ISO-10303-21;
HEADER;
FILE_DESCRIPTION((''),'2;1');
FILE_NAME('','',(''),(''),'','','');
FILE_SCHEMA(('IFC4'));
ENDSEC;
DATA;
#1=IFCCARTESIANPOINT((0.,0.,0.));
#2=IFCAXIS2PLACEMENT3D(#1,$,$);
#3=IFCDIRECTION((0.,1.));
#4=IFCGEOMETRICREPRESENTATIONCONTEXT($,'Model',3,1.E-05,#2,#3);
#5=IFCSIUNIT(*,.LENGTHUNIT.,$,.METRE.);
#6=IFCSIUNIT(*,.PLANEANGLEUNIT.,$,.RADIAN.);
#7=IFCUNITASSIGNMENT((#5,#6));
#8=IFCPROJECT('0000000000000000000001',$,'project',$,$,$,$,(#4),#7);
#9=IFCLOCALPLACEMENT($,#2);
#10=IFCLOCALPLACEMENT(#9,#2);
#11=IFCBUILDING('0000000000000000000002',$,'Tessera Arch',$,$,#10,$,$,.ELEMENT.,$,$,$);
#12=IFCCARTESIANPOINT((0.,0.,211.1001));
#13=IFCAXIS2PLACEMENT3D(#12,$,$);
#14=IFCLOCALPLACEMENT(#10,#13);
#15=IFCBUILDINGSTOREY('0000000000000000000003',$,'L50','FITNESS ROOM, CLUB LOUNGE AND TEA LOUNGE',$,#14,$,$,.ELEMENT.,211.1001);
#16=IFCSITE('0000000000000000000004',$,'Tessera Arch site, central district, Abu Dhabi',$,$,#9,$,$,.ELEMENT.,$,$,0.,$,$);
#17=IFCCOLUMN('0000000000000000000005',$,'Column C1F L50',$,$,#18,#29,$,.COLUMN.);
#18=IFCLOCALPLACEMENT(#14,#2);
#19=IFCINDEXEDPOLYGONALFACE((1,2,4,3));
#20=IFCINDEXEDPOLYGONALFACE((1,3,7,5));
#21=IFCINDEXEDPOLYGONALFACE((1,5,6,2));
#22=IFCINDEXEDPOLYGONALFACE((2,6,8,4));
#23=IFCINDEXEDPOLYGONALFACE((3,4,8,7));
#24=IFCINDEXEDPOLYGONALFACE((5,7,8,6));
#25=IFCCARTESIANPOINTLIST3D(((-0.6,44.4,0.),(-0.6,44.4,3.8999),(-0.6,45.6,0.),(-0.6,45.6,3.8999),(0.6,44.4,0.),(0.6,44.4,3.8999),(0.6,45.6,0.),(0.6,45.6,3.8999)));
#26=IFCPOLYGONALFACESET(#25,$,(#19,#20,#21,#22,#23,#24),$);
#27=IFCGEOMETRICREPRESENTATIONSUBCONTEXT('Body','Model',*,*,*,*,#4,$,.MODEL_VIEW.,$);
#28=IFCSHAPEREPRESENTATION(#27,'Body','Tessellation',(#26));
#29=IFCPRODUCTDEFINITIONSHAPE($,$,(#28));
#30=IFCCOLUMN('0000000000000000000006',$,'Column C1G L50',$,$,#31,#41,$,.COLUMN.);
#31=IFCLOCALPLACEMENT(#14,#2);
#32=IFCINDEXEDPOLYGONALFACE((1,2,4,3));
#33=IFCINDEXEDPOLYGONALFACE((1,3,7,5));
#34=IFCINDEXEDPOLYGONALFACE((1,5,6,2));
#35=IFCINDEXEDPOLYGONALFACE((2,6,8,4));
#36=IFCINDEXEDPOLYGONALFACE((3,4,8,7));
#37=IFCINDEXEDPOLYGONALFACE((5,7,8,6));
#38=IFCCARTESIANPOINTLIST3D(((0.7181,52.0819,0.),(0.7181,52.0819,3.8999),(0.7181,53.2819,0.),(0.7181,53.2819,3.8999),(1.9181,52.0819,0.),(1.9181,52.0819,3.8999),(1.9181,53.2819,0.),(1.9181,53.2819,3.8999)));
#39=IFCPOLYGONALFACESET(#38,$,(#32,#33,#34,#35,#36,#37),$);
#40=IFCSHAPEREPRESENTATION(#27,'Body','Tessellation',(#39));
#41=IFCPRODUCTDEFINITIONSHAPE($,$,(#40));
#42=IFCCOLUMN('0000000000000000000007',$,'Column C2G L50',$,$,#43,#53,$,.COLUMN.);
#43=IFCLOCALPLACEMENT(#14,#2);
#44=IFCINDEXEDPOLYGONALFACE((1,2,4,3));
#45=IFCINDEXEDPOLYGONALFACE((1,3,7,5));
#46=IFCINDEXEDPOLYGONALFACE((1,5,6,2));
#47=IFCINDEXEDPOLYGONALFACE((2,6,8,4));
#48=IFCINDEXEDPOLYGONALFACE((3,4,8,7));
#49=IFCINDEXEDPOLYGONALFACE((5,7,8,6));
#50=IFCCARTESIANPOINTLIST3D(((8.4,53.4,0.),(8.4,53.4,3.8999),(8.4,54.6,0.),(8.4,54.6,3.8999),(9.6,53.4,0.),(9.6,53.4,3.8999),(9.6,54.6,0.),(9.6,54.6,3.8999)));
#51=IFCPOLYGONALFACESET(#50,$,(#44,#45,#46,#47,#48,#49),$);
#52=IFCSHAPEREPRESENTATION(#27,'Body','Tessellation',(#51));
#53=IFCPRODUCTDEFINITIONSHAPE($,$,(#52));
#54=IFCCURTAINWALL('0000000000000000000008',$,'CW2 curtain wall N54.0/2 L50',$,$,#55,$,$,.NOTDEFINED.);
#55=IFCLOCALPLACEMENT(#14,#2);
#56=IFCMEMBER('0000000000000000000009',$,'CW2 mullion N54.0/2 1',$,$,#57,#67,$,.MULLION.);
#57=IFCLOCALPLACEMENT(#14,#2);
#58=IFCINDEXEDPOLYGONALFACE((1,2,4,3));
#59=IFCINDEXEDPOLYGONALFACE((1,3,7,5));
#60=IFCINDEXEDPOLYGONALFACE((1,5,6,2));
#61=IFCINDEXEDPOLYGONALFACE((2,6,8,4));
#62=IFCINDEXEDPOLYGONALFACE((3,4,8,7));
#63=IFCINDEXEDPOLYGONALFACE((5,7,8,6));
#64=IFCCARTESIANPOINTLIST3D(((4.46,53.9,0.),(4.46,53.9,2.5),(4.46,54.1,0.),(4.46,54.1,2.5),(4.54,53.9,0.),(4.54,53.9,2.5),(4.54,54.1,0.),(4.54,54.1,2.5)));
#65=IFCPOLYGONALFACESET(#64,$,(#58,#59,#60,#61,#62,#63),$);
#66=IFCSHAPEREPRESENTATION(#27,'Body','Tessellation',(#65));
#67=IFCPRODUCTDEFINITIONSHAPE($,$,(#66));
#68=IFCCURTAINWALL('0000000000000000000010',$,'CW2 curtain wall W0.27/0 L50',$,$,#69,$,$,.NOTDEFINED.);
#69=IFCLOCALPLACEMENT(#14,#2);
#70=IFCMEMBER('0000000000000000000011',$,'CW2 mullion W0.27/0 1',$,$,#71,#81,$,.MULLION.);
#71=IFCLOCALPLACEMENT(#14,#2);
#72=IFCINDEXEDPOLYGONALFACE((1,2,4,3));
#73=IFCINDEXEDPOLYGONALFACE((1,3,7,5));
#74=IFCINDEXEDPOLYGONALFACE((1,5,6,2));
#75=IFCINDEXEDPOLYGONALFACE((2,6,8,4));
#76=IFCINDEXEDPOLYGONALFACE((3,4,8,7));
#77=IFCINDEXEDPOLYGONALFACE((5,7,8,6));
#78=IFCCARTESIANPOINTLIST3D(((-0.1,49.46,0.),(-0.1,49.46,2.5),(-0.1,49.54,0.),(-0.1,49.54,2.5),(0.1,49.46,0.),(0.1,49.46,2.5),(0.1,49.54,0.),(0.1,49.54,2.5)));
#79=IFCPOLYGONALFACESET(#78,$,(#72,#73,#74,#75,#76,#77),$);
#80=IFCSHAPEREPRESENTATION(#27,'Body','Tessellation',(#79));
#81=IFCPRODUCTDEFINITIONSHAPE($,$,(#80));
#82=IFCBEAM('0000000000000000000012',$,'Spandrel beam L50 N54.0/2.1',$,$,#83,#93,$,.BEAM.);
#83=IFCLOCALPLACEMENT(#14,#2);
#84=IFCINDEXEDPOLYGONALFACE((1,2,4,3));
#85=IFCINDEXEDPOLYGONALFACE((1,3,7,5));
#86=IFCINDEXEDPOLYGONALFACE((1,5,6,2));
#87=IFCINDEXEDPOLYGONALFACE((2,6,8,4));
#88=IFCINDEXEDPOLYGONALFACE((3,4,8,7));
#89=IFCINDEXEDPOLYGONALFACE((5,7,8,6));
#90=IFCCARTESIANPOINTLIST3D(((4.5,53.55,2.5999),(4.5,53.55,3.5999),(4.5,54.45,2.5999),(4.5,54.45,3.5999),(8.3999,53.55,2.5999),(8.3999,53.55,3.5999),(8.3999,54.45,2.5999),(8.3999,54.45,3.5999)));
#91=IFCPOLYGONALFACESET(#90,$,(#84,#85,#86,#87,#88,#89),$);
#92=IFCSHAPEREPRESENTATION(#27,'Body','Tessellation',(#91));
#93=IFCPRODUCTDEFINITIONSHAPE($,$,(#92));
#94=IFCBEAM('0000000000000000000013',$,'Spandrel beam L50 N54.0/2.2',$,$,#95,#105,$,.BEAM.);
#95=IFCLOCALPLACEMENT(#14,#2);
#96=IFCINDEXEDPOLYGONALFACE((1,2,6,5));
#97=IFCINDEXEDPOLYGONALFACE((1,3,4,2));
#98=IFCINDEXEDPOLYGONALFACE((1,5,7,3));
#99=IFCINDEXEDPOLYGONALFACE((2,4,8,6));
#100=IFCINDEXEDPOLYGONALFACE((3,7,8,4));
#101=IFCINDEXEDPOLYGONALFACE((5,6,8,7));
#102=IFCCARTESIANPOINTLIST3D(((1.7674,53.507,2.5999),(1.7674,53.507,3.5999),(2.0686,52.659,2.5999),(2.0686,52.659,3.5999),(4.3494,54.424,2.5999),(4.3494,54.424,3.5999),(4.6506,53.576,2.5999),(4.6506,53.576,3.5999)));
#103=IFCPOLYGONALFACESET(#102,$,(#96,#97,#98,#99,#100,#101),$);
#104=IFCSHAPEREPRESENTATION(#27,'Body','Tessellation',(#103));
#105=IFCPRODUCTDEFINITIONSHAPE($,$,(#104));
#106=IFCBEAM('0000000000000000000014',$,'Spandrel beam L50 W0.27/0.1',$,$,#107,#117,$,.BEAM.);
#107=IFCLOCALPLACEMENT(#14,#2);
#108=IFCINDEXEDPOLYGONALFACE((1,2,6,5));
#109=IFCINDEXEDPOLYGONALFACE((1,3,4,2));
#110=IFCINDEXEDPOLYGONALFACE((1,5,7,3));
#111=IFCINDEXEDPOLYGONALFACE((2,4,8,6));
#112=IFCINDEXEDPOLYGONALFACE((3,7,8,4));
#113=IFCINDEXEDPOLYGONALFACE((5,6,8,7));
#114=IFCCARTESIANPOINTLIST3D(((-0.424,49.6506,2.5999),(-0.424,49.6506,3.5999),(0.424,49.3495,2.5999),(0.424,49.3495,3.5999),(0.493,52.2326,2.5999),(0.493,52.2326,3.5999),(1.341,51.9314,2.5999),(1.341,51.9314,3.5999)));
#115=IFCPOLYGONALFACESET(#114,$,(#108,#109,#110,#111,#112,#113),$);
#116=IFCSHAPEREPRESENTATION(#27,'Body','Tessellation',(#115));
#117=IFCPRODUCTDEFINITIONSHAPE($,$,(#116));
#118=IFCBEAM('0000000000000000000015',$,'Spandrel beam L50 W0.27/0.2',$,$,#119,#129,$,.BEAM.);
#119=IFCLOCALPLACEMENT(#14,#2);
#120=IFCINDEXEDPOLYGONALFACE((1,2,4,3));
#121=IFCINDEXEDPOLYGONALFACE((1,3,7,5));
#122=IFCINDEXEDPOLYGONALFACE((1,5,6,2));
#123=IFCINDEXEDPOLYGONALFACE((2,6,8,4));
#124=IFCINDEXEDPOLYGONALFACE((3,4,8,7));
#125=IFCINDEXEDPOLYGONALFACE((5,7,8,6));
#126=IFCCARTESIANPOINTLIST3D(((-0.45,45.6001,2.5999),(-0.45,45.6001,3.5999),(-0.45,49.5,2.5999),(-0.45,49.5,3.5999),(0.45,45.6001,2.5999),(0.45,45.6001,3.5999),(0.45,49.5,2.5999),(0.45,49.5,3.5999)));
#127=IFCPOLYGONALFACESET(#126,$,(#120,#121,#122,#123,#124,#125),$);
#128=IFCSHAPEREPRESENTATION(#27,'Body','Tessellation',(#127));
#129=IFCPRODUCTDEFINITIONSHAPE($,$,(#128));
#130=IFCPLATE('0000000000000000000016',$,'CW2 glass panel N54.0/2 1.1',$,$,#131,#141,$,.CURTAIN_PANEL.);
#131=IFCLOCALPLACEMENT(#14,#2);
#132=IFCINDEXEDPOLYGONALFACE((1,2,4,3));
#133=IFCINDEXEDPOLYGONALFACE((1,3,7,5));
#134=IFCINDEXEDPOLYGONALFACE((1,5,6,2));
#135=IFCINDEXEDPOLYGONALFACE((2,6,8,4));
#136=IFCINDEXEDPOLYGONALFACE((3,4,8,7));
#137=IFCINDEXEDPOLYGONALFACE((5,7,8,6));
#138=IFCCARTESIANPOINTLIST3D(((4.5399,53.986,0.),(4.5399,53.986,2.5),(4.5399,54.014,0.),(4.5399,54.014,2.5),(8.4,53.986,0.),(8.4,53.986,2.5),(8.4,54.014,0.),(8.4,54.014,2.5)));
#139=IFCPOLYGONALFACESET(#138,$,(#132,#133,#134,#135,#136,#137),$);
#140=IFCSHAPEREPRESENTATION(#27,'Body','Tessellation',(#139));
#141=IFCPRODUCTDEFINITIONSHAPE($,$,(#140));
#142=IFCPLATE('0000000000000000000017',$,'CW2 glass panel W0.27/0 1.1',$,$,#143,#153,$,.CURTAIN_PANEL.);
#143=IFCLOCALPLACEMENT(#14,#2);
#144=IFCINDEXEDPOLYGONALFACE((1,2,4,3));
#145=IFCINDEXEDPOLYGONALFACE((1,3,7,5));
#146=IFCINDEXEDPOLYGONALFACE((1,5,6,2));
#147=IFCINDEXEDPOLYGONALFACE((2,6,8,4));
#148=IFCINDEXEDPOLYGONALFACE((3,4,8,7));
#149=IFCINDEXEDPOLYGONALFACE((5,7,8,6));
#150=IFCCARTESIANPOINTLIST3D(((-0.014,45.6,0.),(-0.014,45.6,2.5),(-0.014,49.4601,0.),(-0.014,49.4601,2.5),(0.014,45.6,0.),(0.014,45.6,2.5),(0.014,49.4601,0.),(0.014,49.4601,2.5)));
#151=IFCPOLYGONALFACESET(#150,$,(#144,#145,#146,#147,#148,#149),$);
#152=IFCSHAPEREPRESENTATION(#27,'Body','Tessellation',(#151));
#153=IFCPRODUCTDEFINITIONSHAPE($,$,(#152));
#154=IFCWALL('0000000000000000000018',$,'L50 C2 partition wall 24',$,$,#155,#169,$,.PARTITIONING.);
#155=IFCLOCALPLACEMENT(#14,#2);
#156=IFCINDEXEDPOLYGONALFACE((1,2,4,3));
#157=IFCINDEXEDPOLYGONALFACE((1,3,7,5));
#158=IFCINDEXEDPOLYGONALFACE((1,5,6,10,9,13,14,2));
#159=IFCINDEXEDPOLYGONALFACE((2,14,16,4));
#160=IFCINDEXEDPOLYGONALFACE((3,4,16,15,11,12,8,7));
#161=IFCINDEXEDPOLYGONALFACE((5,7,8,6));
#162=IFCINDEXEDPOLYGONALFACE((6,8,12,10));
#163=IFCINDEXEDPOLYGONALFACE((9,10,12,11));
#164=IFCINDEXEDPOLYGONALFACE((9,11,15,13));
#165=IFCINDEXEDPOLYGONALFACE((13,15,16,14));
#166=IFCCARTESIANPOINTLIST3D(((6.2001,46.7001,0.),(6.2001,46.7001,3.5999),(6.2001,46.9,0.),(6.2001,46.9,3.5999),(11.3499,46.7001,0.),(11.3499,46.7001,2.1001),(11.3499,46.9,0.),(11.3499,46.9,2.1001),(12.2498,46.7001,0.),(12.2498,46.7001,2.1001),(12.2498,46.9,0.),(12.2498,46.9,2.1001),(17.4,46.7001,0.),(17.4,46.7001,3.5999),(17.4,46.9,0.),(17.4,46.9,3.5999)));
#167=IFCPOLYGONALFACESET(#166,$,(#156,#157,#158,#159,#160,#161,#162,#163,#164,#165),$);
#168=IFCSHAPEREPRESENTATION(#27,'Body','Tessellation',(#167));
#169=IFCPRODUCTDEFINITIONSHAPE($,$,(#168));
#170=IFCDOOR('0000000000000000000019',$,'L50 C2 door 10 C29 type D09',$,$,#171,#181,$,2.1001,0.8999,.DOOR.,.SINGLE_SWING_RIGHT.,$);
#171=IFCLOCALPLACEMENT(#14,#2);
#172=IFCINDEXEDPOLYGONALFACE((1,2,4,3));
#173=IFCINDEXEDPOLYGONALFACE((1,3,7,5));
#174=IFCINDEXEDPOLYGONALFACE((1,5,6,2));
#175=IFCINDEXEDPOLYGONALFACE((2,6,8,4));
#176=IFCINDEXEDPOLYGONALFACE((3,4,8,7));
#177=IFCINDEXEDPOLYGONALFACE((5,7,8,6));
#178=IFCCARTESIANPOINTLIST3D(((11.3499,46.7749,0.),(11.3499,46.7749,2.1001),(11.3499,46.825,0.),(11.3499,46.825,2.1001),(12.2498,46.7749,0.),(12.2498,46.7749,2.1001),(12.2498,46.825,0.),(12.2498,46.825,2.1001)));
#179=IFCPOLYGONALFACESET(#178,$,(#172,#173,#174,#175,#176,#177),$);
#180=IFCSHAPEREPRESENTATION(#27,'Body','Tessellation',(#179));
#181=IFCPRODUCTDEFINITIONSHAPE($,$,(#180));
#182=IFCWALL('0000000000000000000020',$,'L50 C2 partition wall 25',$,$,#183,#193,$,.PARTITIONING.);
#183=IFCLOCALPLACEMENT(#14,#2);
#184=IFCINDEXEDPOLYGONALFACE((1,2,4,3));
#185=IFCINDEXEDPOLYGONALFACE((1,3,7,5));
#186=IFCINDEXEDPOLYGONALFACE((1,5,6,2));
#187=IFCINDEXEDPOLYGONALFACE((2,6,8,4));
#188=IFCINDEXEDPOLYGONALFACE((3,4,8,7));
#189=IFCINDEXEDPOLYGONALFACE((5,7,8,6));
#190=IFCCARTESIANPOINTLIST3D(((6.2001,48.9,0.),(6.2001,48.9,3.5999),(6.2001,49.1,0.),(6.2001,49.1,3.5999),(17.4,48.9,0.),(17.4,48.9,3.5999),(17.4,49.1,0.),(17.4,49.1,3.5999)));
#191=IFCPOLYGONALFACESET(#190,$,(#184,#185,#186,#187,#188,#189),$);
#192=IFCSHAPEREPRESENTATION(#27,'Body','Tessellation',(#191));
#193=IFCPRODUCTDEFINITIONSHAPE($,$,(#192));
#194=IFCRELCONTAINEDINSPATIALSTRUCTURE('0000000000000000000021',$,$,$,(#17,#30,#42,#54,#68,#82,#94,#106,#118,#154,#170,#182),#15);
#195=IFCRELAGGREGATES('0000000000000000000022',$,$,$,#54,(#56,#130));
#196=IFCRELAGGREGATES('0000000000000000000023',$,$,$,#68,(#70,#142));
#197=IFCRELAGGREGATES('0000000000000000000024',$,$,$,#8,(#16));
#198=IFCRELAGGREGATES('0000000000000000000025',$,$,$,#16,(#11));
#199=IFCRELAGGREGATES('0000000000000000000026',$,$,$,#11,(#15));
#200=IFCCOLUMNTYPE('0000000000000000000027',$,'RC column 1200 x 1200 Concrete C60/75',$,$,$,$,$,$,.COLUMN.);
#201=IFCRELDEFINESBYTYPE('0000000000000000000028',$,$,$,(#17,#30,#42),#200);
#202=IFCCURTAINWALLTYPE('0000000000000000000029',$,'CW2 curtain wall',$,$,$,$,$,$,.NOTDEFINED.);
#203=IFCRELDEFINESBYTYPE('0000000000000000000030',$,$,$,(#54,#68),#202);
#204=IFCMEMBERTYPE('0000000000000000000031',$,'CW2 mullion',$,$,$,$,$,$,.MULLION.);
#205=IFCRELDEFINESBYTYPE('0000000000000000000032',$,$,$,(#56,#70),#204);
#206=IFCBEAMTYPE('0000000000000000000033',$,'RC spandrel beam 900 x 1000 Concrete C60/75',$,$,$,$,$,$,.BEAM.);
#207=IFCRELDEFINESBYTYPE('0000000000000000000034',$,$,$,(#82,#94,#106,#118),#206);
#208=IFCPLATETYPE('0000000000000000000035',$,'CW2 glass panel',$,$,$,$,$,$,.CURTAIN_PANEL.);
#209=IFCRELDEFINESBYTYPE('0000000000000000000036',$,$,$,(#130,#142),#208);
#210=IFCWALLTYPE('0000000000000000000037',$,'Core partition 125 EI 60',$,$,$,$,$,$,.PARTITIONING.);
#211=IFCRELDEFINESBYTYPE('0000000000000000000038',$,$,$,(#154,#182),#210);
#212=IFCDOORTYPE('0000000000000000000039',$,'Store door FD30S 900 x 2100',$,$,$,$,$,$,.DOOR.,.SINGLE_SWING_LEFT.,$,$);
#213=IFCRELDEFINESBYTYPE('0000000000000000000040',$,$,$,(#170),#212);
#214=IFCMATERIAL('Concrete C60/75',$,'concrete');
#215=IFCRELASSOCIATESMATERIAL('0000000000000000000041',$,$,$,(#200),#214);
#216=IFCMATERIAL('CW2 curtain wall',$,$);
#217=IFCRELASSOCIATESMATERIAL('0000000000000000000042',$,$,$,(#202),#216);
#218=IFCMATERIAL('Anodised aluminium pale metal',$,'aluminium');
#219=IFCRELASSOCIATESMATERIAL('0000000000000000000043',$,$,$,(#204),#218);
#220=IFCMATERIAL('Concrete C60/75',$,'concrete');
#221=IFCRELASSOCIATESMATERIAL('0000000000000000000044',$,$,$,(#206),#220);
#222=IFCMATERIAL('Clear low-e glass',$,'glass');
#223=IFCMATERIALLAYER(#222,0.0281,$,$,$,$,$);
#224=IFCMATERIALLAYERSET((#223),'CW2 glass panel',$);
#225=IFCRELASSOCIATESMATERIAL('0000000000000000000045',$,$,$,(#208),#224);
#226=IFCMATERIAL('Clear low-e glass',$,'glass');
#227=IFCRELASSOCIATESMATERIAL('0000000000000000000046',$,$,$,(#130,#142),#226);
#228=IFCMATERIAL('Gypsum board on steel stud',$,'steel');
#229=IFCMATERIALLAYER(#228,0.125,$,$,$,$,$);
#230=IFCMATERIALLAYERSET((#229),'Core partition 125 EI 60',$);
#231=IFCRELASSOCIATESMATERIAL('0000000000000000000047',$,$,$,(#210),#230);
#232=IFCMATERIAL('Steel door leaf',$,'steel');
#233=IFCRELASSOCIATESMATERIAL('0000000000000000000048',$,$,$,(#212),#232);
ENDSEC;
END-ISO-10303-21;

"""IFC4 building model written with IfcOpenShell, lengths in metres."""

from ifc_helpers import new_model, si_unit, direction, frame, frame_2d, origin, origin_2d, place, context, subcontext, project, spatial, rectangle, extrude, material, layer, layer_set, material_profile, profile_set, type_object, element, fill, aggregate, save


model = new_model("IFC4")

# Units and contexts
model_context = context("Model", 3, precision=1e-05, world=origin(), true_north=direction((0.0, 1.0)))
body_context = subcontext(model_context, "Body", "Model", "MODEL_VIEW")
ifc_project = project(units=[si_unit("LENGTHUNIT", "METRE"), si_unit("PLANEANGLEUNIT", "RADIAN")], contexts=[model_context])

# Site, building, storey
site_placement = place(None, origin())
site = spatial("IfcSite", under=ifc_project, at=site_placement, Name="Tessera Arch site, central district, Abu Dhabi", CompositionType="ELEMENT", RefElevation=0.0)
building_placement = place(site_placement, origin())
building = spatial("IfcBuilding", under=site, at=building_placement, Name="Tessera Arch", CompositionType="ELEMENT")
storey_placement = place(building_placement, frame((0.0, 0.0, 211.1001)))
storey = spatial("IfcBuildingStorey", under=building, at=storey_placement, Name="L50", Description="FITNESS ROOM, CLUB LOUNGE AND TEA LOUNGE", CompositionType="ELEMENT", Elevation=211.1001)

# Columns
ifc_material_1 = material(Name="Concrete C60/75", Category="concrete")
ifc_material_profile_1 = material_profile(ifc_material_1, rectangle(XDim=1.2, YDim=1.2, at=origin_2d()), Name="RC column 1200 x 1200 Concrete C60/75")
ifc_profile_set_1 = profile_set([ifc_material_profile_1], Name="Concrete C60/75")
column_type = type_object("IfcColumnType", Name="RC column 1200 x 1200 Concrete C60/75", PredefinedType="COLUMN", material=ifc_profile_set_1)
for number, where, z_axis, x_axis, name in (
    (1, (0.0, 45.0, 0.0), (0.0, 0.0, 1.0), (1.0, 0.0, 0.0), "Column C1F L50"),
    (2, (1.3181, 52.6819, 0.0), (0.0, 0.0, 1.0), (1.0, 0.0, 0.0), "Column C1G L50"),
    (3, (9.0, 54.0, 0.0), (0.0, 0.0, 1.0), (1.0, 0.0, 0.0), "Column C2G L50"),
):
    element("IfcColumn", number, at=place(storey_placement, frame(where, z_axis=z_axis, x_axis=x_axis)), inside=storey, type_object=column_type, Name=name, PredefinedType="COLUMN", context=body_context, shape_type="SweptSolid", body=[
        extrude(rectangle(XDim=1.2, YDim=1.2, at=origin_2d()), origin(), (0.0, 0.0, 1.0), 3.8999),
    ])

# Curtain walls, members
ifc_material_2 = material(Name="CW2 curtain wall")
curtain_wall_type = type_object("IfcCurtainWallType", Name="CW2 curtain wall", PredefinedType="NOTDEFINED", material=ifc_material_2)
curtain_wall_1_placement = place(storey_placement, origin())
curtain_wall_1 = element("IfcCurtainWall", 4, at=curtain_wall_1_placement, inside=storey, type_object=curtain_wall_type, Name="CW2 curtain wall N54.0/2 L50", PredefinedType="NOTDEFINED")
ifc_material_3 = material(Name="Anodised aluminium pale metal", Category="aluminium")
ifc_material_profile_2 = material_profile(ifc_material_3, rectangle(XDim=0.2, YDim=0.0801, at=origin_2d()), Name="AL 80x200")
ifc_profile_set_2 = profile_set([ifc_material_profile_2], Name="Anodised aluminium pale metal")
member_type = type_object("IfcMemberType", Name="CW2 mullion", PredefinedType="MULLION", material=ifc_profile_set_2)
member_1_placement = place(storey_placement, frame((4.5, 54.0, 0.0), z_axis=(0.0, 0.0, 1.0), x_axis=(0.0, -1.0, 0.0)))
member_1 = element("IfcMember", 5, at=member_1_placement, type_object=member_type, Name="CW2 mullion N54.0/2 1", PredefinedType="MULLION", context=body_context, shape_type="SweptSolid", body=[
    extrude(rectangle(XDim=0.2, YDim=0.0801, at=origin_2d()), origin(), (0.0, 0.0, 1.0), 2.5),
])
curtain_wall_2_placement = place(storey_placement, origin())
curtain_wall_2 = element("IfcCurtainWall", 6, at=curtain_wall_2_placement, inside=storey, type_object=curtain_wall_type, Name="CW2 curtain wall W0.27/0 L50", PredefinedType="NOTDEFINED")
member_2_placement = place(storey_placement, frame((0.0, 49.5, 0.0), z_axis=(0.0, 0.0, 1.0), x_axis=(1.0, 0.0, 0.0)))
member_2 = element("IfcMember", 7, at=member_2_placement, type_object=member_type, Name="CW2 mullion W0.27/0 1", PredefinedType="MULLION", context=body_context, shape_type="SweptSolid", body=[
    extrude(rectangle(XDim=0.2, YDim=0.0801, at=origin_2d()), origin(), (0.0, 0.0, 1.0), 2.5),
])

# Beams
ifc_material_4 = material(Name="Concrete C60/75", Category="concrete")
ifc_material_profile_3 = material_profile(ifc_material_4, rectangle(XDim=0.8999, YDim=1.0, at=origin_2d()), Name="RC spandrel beam 900 x 1000 Concrete C60/75")
ifc_profile_set_3 = profile_set([ifc_material_profile_3], Name="Concrete C60/75")
beam_type = type_object("IfcBeamType", Name="RC spandrel beam 900 x 1000 Concrete C60/75", PredefinedType="BEAM", material=ifc_profile_set_3)
beam_1_placement = place(storey_placement, frame((8.3999, 54.0, 3.0999), z_axis=(-1.0, 0.0, 0.0), x_axis=(0.0, -1.0, 0.0)))
element("IfcBeam", 8, at=beam_1_placement, inside=storey, type_object=beam_type, Name="Spandrel beam L50 N54.0/2.1", PredefinedType="BEAM", context=body_context, shape_type="SweptSolid", body=[
    extrude(rectangle(XDim=0.8999, YDim=1.0, at=origin_2d()), origin(), (0.0, 0.0, 1.0), 3.8999),
])
for number, where, z_axis, x_axis, name in (
    (9, (4.5, 54.0, 3.0999), (-0.942337, -0.334665, 0.0), (0.334665, -0.942337, 0.0), "Spandrel beam L50 N54.0/2.2"),
    (10, (0.917, 52.082, 3.0999), (-0.334665, -0.942337, 0.0), (0.942337, -0.334665, 0.0), "Spandrel beam L50 W0.27/0.1"),
):
    element("IfcBeam", number, at=place(storey_placement, frame(where, z_axis=z_axis, x_axis=x_axis)), inside=storey, type_object=beam_type, Name=name, PredefinedType="BEAM", context=body_context, shape_type="SweptSolid", body=[
        extrude(rectangle(XDim=0.8999, YDim=1.0, at=origin_2d()), origin(), (0.0, 0.0, 1.0), 2.74),
    ])
beam_2_placement = place(storey_placement, frame((0.0, 49.5, 3.0999), z_axis=(0.0, -1.0, 0.0), x_axis=(1.0, 0.0, 0.0)))
element("IfcBeam", 11, at=beam_2_placement, inside=storey, type_object=beam_type, Name="Spandrel beam L50 W0.27/0.2", PredefinedType="BEAM", context=body_context, shape_type="SweptSolid", body=[
    extrude(rectangle(XDim=0.8999, YDim=1.0, at=origin_2d()), origin(), (0.0, 0.0, 1.0), 3.8999),
])

# Plates
ifc_material_5 = material(Name="Clear low-e glass", Category="glass")
ifc_material_6 = material(Name="Clear low-e glass", Category="glass")
ifc_layer_1 = layer(ifc_material_6, 0.0281)
ifc_layer_set_1 = layer_set([ifc_layer_1], Name="CW2 glass panel")
plate_type = type_object("IfcPlateType", Name="CW2 glass panel", PredefinedType="CURTAIN_PANEL", material=ifc_layer_set_1)
plate_1_placement = place(storey_placement, frame((6.47, 54.0, 0.0), z_axis=(0.0, 0.0, 1.0), x_axis=(-1.0, 0.0, 0.0)))
plate_1 = element("IfcPlate", 12, at=plate_1_placement, type_object=plate_type, material=ifc_material_5, Name="CW2 glass panel N54.0/2 1.1", PredefinedType="CURTAIN_PANEL", context=body_context, shape_type="SweptSolid", body=[
    extrude(rectangle(XDim=3.8601, YDim=0.0281, at=origin_2d()), origin(), (0.0, 0.0, 1.0), 2.5),
])
aggregate(curtain_wall_1, [member_1, plate_1])
plate_2_placement = place(storey_placement, frame((0.0, 47.53, 0.0), z_axis=(0.0, 0.0, 1.0), x_axis=(0.0, -1.0, 0.0)))
plate_2 = element("IfcPlate", 13, at=plate_2_placement, type_object=plate_type, material=ifc_material_5, Name="CW2 glass panel W0.27/0 1.1", PredefinedType="CURTAIN_PANEL", context=body_context, shape_type="SweptSolid", body=[
    extrude(rectangle(XDim=3.8601, YDim=0.0281, at=origin_2d()), origin(), (0.0, 0.0, 1.0), 2.5),
])
aggregate(curtain_wall_2, [member_2, plate_2])

# Wall, opening, door
ifc_material_7 = material(Name="Gypsum board on steel stud", Category="steel")
ifc_layer_2 = layer(ifc_material_7, 0.125)
ifc_layer_set_2 = layer_set([ifc_layer_2], Name="Core partition 125 EI 60")
wall_type_1 = type_object("IfcWallType", Name="Core partition 125 EI 60", PredefinedType="PARTITIONING", material=ifc_layer_set_2)
wall_1_placement = place(storey_placement, frame((6.2, 46.8, 0.0), z_axis=(0.0, 0.0, 1.0), x_axis=(1.0, 0.0, 0.0)))
wall_1 = element("IfcWall", 14, at=wall_1_placement, inside=storey, type_object=wall_type_1, Name="L50 C2 partition wall 24", PredefinedType="PARTITIONING", context=body_context, shape_type="SweptSolid", body=[
    extrude(rectangle(XDim=11.2, YDim=0.2, at=frame_2d((5.6001, 0.0))), origin(), (0.0, 0.0, 1.0), 3.5999),
])
opening_1_placement = place(wall_1_placement, frame((5.1499, 0.0, 0.0)))
opening_1 = element("IfcOpeningElement", 15, at=opening_1_placement, cuts=wall_1, PredefinedType="OPENING", context=body_context, shape_type="SweptSolid", body=[
    extrude(rectangle(XDim=0.8999, YDim=2.1001, at=frame_2d((0.45, 1.05))), frame((0.0, 0.1099, 0.0), z_axis=(0.0, -1.0, 0.0), x_axis=(1.0, 0.0, 0.0)), (0.0, 0.0, 1.0), 0.22),
])
ifc_material_8 = material(Name="Steel door leaf", Category="steel")
door_type_1 = type_object("IfcDoorType", Name="Store door FD30S 900 x 2100", OperationType="SINGLE_SWING_LEFT", PredefinedType="DOOR", material=ifc_material_8)
door_1_placement = place(opening_1_placement, origin())
door_1 = element("IfcDoor", 16, at=door_1_placement, inside=storey, type_object=door_type_1, Name="L50 C2 door 10 C29 type D09", OperationType="SINGLE_SWING_RIGHT", OverallHeight=2.1001, OverallWidth=0.8999, PredefinedType="DOOR", context=body_context, shape_type="SweptSolid", body=[
    extrude(rectangle(XDim=0.8999, YDim=2.1001, at=frame_2d((0.45, 1.05))), frame((0.0, 0.0249, 0.0), z_axis=(0.0, -1.0, 0.0), x_axis=(1.0, 0.0, 0.0)), (0.0, 0.0, 1.0), 0.05),
])
fill(opening_1, door_1)

# Wall
wall_2_placement = place(storey_placement, frame((6.2, 49.0, 0.0), z_axis=(0.0, 0.0, 1.0), x_axis=(1.0, 0.0, 0.0)))
element("IfcWall", 17, at=wall_2_placement, inside=storey, type_object=wall_type_1, Name="L50 C2 partition wall 25", PredefinedType="PARTITIONING", context=body_context, shape_type="SweptSolid", body=[
    extrude(rectangle(XDim=11.2, YDim=0.2, at=frame_2d((5.6001, 0.0))), origin(), (0.0, 0.0, 1.0), 3.5999),
])

save(model, "model.ifc")
